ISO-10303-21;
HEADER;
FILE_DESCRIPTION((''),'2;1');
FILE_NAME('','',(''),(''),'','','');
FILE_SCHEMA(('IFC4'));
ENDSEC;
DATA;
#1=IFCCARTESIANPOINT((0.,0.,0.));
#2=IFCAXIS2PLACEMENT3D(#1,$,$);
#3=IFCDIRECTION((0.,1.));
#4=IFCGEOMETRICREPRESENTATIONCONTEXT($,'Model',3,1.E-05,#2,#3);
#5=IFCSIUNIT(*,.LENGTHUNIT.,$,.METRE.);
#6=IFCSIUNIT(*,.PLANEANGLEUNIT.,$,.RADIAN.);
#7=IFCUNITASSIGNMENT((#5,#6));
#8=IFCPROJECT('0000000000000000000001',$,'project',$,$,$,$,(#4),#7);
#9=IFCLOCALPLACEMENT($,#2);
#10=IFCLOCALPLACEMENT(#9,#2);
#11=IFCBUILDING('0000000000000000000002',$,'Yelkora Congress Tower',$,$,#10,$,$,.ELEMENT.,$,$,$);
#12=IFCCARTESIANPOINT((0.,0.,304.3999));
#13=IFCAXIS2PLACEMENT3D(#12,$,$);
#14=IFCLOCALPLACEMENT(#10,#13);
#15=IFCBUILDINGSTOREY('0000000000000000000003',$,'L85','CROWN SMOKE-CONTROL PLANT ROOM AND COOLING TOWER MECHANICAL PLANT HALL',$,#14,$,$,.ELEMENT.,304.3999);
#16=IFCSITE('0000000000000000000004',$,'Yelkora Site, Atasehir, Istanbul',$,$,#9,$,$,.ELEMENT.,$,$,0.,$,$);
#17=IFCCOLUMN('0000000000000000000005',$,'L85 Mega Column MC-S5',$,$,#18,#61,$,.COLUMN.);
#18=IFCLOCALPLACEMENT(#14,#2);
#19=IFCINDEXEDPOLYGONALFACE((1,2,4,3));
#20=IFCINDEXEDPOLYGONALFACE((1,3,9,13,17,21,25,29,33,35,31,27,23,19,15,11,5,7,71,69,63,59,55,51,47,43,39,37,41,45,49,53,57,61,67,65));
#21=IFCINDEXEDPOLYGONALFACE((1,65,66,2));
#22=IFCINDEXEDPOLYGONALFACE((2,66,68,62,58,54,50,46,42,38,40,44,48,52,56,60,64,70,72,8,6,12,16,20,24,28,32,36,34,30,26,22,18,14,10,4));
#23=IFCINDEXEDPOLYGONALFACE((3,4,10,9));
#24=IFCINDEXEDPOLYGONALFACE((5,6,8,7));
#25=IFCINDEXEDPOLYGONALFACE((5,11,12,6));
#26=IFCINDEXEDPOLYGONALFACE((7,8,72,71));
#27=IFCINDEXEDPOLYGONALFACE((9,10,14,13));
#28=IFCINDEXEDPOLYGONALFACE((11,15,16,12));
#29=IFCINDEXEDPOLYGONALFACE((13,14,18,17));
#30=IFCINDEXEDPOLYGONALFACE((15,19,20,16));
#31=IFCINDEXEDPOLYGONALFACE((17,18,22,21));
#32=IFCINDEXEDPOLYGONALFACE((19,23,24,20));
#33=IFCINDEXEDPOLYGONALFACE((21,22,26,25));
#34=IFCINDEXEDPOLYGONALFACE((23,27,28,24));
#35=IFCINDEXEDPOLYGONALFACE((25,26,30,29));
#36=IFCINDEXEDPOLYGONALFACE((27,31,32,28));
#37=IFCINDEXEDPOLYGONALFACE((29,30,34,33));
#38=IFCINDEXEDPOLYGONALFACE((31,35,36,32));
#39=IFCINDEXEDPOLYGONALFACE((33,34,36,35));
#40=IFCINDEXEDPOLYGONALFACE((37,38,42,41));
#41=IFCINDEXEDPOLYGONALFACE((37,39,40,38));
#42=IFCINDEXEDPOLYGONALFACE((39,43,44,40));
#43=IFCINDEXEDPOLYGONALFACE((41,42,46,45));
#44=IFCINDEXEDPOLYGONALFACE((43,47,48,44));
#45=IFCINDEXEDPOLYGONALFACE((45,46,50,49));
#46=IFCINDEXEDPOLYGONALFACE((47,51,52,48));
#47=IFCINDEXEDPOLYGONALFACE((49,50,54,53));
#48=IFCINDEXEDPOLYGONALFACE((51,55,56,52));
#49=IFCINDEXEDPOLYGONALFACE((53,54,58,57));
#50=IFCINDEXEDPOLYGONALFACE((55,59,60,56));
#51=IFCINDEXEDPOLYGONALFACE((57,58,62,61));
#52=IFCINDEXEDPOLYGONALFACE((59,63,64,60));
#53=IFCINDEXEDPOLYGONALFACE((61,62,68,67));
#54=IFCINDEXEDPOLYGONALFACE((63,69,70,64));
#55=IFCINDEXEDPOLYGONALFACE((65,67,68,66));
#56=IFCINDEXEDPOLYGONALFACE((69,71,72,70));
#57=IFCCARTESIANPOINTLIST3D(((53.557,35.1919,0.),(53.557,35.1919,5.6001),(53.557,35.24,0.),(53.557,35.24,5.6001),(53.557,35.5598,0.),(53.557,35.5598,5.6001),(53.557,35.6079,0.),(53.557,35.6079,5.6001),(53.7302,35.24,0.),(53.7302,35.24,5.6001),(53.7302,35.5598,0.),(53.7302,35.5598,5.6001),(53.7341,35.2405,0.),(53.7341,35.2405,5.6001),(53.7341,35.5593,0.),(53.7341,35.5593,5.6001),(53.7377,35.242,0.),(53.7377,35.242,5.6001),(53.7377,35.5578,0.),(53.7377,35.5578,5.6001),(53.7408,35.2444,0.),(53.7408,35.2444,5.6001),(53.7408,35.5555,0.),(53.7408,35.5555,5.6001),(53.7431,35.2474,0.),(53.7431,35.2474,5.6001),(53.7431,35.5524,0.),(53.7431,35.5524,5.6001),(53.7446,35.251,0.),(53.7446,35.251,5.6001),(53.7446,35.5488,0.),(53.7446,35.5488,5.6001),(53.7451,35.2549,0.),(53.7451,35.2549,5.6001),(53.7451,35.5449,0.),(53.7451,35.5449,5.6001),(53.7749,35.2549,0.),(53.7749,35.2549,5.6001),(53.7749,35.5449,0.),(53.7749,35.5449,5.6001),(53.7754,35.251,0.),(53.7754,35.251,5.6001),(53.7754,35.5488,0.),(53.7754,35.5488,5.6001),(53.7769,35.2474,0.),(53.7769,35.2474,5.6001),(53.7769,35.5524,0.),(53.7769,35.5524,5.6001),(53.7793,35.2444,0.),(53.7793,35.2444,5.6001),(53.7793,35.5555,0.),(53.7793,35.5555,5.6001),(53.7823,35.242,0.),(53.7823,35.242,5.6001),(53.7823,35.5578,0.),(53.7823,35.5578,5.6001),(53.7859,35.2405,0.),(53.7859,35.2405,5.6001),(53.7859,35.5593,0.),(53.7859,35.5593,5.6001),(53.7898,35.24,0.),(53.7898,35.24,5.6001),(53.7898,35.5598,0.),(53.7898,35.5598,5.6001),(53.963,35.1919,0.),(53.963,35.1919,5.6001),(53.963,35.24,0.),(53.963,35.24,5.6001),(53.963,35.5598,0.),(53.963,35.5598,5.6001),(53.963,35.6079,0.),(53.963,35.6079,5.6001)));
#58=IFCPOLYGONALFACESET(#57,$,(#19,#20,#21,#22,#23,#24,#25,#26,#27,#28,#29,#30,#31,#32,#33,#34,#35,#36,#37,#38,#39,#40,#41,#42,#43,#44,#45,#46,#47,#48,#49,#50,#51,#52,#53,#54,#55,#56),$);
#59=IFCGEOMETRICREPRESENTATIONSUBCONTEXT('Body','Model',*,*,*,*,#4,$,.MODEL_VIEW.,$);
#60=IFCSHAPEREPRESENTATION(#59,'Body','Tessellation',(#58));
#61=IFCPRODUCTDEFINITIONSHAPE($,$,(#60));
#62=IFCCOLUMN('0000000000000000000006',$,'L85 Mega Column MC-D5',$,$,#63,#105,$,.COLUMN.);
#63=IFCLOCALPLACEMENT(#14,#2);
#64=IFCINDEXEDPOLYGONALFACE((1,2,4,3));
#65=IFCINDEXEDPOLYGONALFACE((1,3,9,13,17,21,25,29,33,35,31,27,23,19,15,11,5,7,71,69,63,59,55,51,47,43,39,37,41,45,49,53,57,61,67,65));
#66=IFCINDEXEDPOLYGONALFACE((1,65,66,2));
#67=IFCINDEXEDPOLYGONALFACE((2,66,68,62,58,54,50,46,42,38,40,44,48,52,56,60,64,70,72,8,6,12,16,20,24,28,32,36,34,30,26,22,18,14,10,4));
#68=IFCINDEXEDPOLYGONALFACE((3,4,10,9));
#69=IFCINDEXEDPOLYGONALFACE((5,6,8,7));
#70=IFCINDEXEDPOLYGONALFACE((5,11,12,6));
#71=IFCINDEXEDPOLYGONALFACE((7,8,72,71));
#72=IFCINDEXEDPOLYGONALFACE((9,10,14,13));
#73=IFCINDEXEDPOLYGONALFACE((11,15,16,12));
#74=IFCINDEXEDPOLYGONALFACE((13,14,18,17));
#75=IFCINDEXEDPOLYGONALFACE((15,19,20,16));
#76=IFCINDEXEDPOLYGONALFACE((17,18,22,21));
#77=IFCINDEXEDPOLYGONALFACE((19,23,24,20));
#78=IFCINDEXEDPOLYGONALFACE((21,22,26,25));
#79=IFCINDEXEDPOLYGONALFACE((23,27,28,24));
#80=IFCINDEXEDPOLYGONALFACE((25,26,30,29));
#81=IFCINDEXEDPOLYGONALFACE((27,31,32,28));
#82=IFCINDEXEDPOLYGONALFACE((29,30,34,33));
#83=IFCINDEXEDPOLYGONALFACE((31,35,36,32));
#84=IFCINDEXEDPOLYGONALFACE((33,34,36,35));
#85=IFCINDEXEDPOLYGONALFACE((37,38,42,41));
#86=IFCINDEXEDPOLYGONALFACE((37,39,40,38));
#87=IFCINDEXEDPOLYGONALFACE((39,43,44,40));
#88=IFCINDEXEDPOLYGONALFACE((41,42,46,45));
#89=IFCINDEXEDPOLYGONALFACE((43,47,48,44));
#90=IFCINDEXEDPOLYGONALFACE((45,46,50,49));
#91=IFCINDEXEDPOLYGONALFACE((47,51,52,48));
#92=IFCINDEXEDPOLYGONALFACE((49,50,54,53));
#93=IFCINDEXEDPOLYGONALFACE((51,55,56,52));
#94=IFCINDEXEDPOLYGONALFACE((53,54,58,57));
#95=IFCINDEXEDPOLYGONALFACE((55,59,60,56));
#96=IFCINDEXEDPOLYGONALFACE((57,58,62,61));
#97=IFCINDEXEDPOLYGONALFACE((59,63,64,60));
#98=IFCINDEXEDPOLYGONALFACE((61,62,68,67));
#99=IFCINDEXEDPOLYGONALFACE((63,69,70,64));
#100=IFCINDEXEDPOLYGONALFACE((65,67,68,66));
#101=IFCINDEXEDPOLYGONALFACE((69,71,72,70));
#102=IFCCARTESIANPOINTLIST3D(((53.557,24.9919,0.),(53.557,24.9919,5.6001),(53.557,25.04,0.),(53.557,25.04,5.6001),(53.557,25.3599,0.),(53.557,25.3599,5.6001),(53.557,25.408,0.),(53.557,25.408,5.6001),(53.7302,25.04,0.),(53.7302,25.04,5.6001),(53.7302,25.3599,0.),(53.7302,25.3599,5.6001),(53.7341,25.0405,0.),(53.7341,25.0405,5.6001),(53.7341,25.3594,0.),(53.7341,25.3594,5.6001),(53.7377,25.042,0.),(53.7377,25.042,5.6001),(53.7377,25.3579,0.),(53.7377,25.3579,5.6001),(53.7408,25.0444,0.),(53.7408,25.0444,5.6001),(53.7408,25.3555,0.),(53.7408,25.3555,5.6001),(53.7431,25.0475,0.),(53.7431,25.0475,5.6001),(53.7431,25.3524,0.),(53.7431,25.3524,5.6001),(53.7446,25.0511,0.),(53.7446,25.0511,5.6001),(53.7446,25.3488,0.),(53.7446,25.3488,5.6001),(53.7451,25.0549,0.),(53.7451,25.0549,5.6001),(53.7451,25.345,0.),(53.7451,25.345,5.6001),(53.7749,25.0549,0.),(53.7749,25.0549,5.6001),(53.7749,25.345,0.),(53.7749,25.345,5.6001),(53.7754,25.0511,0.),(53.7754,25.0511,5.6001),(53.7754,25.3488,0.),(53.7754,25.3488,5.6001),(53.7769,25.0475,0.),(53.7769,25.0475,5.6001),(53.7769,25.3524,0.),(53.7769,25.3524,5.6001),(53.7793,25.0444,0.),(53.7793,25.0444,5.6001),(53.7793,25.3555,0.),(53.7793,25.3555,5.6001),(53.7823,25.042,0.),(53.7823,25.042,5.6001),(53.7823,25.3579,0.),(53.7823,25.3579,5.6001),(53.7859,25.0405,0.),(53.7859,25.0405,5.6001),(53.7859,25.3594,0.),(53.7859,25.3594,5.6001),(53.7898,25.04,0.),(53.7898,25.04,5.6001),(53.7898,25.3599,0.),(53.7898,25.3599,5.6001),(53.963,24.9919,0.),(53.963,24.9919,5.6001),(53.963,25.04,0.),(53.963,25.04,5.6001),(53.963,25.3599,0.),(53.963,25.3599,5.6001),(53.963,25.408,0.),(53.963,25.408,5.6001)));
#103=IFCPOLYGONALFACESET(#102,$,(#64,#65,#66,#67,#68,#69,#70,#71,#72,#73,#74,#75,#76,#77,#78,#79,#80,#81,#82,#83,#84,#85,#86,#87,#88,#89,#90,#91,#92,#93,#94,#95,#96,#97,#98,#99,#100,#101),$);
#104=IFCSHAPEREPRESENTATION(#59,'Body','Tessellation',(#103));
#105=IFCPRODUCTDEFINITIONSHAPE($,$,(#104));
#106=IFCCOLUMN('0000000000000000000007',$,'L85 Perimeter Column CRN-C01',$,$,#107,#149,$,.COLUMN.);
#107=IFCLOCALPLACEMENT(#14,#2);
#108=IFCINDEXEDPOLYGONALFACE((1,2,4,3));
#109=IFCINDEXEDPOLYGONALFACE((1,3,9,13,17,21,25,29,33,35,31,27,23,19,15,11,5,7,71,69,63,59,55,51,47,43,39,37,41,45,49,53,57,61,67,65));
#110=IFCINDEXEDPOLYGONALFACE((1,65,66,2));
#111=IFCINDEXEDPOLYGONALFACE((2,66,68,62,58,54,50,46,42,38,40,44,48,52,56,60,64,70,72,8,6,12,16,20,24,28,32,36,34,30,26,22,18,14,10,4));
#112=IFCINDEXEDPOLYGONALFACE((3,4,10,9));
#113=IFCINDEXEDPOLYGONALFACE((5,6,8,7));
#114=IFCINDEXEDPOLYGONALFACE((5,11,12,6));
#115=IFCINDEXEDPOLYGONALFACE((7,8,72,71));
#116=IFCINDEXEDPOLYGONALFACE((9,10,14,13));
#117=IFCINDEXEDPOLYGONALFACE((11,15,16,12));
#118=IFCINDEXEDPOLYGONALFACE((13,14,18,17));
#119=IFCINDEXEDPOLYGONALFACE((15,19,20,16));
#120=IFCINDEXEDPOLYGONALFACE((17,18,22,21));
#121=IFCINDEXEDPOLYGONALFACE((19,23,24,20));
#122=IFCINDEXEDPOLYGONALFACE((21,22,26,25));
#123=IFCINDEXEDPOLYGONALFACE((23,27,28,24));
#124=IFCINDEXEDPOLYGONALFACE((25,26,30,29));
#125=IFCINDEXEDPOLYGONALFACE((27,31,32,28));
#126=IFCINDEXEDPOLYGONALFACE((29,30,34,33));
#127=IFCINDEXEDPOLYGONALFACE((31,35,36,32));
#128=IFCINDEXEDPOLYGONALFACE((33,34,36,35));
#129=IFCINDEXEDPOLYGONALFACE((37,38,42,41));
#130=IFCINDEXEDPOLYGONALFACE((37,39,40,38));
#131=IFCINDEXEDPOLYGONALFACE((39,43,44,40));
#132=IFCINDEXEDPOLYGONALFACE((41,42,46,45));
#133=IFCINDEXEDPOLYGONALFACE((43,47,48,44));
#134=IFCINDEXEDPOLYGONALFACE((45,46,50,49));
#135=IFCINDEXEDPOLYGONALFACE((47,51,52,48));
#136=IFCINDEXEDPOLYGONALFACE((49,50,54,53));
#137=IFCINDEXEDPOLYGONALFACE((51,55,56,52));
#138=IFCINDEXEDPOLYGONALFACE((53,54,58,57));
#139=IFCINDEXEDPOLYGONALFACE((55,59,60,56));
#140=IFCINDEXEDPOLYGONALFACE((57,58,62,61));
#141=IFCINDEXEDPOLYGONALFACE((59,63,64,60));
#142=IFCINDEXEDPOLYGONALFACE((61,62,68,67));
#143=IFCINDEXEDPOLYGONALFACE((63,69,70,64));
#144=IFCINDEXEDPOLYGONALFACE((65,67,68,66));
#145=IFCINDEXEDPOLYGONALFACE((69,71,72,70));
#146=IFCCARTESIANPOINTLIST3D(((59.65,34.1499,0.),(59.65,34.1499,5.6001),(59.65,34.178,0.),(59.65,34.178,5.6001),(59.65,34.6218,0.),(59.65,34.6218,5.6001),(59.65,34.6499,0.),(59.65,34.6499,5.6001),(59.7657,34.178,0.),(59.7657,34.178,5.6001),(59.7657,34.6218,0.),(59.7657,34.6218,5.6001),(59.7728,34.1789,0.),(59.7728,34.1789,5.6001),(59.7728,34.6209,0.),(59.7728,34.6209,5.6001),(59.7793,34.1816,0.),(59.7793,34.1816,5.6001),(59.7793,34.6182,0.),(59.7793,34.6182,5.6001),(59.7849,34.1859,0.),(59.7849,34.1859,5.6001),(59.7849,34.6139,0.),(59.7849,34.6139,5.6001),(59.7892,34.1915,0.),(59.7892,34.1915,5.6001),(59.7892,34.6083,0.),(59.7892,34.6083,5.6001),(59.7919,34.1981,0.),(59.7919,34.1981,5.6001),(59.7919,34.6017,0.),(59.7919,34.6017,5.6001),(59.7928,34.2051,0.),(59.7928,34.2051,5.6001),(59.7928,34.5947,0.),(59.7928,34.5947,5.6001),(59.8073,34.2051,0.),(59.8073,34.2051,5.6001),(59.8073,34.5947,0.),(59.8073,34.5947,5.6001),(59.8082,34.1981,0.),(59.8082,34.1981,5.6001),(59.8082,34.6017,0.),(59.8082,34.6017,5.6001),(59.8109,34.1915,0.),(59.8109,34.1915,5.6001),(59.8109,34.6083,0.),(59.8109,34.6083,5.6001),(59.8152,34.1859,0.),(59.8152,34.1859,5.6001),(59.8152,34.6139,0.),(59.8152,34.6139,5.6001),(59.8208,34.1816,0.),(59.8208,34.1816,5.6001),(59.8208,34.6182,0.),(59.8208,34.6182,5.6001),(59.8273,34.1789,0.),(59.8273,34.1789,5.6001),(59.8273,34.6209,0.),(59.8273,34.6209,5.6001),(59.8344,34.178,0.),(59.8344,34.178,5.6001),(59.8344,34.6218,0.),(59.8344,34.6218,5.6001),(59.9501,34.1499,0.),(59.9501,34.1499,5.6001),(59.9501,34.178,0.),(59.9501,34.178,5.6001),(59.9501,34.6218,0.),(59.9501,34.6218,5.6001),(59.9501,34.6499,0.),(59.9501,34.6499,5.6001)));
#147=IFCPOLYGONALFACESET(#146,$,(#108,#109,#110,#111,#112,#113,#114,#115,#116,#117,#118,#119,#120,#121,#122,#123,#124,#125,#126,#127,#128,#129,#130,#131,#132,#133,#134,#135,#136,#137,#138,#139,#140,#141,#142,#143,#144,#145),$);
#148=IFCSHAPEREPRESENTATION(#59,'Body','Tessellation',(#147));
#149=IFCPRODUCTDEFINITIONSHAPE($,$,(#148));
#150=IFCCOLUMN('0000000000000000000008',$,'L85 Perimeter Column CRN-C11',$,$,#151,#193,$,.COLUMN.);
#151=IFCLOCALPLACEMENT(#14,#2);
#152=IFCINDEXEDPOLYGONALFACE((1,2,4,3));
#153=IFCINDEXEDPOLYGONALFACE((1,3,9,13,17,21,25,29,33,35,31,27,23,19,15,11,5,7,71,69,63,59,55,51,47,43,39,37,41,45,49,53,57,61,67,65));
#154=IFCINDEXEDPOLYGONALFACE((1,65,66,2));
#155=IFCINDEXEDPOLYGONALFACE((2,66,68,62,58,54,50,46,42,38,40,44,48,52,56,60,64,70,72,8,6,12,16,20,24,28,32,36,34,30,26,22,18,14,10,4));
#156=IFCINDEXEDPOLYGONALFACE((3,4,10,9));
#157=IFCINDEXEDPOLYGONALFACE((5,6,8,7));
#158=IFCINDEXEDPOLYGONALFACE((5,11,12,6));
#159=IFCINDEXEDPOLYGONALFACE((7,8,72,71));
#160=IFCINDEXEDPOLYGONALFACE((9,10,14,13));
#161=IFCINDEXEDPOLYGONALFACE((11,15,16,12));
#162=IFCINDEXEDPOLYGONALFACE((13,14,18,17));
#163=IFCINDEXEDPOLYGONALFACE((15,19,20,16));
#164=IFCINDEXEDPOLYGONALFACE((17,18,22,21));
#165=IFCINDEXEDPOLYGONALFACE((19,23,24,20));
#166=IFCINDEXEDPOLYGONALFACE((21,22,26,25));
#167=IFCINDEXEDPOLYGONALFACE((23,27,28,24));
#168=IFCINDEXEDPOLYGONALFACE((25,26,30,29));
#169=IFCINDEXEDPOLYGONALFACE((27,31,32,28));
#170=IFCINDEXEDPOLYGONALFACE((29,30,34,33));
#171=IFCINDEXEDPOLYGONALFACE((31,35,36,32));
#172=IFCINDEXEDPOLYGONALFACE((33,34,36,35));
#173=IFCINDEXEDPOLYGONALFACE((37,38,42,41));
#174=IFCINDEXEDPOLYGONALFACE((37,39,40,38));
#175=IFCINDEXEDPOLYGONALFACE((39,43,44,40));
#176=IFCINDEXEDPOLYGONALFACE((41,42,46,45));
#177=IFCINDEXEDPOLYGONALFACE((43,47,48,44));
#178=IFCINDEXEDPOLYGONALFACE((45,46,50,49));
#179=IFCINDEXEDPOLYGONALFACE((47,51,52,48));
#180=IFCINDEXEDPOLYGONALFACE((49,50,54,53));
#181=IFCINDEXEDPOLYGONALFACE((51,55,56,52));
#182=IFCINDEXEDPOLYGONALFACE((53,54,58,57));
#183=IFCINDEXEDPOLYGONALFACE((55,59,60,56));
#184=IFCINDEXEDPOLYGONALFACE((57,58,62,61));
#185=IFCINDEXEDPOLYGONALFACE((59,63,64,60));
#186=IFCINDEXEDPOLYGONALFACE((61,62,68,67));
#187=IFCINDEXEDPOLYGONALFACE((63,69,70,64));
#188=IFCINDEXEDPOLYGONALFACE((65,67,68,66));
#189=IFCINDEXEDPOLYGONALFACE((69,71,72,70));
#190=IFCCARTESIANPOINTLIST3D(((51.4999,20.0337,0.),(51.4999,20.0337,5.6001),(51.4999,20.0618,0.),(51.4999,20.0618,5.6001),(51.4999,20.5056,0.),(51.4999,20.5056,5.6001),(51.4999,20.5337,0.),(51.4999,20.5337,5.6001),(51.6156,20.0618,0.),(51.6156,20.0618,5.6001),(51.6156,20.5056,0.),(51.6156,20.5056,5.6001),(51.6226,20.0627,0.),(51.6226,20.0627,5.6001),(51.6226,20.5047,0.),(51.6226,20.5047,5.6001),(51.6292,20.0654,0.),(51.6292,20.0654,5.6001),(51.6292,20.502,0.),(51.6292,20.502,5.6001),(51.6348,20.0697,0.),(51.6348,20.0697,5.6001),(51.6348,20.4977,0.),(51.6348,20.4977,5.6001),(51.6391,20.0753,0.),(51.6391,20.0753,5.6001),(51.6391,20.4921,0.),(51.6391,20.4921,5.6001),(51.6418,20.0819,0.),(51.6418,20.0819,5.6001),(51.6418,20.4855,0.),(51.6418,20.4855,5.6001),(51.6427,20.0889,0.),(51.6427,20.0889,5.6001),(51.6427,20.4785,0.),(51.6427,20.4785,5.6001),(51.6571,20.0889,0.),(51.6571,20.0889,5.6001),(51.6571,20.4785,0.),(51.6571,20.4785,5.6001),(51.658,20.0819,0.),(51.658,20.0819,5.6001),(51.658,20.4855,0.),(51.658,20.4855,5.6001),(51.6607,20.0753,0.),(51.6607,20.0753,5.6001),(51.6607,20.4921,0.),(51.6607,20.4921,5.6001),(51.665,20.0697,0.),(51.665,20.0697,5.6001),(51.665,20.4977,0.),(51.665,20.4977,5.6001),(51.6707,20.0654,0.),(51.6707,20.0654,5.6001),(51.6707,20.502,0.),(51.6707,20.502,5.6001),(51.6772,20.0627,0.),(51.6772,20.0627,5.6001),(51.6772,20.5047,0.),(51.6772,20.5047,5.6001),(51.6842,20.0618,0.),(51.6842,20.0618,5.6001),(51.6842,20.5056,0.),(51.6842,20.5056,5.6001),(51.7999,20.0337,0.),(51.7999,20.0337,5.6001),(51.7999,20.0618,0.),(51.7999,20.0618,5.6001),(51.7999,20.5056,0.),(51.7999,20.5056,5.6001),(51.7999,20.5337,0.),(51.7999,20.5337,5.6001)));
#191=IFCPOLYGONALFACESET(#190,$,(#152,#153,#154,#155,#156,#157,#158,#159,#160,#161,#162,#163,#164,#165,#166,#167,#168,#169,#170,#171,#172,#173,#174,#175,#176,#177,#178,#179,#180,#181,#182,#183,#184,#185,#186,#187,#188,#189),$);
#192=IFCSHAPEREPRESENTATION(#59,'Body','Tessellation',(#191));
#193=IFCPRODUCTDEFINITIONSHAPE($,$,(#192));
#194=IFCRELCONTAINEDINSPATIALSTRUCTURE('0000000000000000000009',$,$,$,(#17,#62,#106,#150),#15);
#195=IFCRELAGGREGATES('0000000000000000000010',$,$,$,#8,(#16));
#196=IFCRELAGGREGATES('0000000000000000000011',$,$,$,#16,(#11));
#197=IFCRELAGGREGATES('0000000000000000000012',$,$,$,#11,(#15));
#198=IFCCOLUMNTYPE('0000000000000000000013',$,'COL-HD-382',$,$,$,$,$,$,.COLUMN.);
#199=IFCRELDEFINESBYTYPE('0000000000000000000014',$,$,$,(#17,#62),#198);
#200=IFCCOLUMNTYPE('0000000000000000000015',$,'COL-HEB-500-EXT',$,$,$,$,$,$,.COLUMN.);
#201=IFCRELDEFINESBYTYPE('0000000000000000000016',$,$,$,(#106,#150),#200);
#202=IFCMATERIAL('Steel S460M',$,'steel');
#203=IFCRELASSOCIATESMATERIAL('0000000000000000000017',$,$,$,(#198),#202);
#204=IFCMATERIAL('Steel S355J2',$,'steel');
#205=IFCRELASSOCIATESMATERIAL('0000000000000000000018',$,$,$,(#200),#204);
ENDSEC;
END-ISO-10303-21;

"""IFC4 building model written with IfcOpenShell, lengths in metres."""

from ifc_helpers import new_model, si_unit, direction, frame, origin, origin_2d, place, context, subcontext, project, spatial, i_section, extrude, material, material_profile, profile_set, type_object, element, save


model = new_model("IFC4")

# Units and contexts
model_context = context("Model", 3, precision=1e-05, world=origin(), true_north=direction((0.0, 1.0)))
body_context = subcontext(model_context, "Body", "Model", "MODEL_VIEW")
ifc_project = project(units=[si_unit("LENGTHUNIT", "METRE"), si_unit("PLANEANGLEUNIT", "RADIAN")], contexts=[model_context])

# Site, building, storey
site_placement = place(None, origin())
site = spatial("IfcSite", under=ifc_project, at=site_placement, Name="Yelkora Site, Atasehir, Istanbul", CompositionType="ELEMENT", RefElevation=0.0)
building_placement = place(site_placement, origin())
building = spatial("IfcBuilding", under=site, at=building_placement, Name="Yelkora Congress Tower", CompositionType="ELEMENT")
storey_placement = place(building_placement, frame((0.0, 0.0, 304.3999)))
storey = spatial("IfcBuildingStorey", under=building, at=storey_placement, Name="L85", Description="CROWN SMOKE-CONTROL PLANT ROOM AND COOLING TOWER MECHANICAL PLANT HALL", CompositionType="ELEMENT", Elevation=304.3999)

# Columns
ifc_material_1 = material(Name="Steel S460M", Category="steel")
ifc_material_profile_1 = material_profile(ifc_material_1, i_section(OverallWidth=0.406, OverallDepth=0.416, WebThickness=0.0298, FlangeThickness=0.0481, FilletRadius=0.0149, at=origin_2d()), Name="HD 400x382")
ifc_profile_set_1 = profile_set([ifc_material_profile_1], Name="Steel S460M")
column_type_1 = type_object("IfcColumnType", Name="COL-HD-382", PredefinedType="COLUMN", material=ifc_profile_set_1)
for number, where, z_axis, x_axis, name in (
    (1, (53.76, 35.3999, 0.0), (0.0, 0.0, 1.0), (1.0, 0.0, 0.0), "L85 Mega Column MC-S5"),
    (2, (53.76, 25.2, 0.0), (0.0, 0.0, 1.0), (1.0, 0.0, 0.0), "L85 Mega Column MC-D5"),
):
    element("IfcColumn", number, at=place(storey_placement, frame(where, z_axis=z_axis, x_axis=x_axis)), inside=storey, type_object=column_type_1, Name=name, PredefinedType="COLUMN", context=body_context, shape_type="SweptSolid", body=[
        extrude(i_section(OverallWidth=0.406, OverallDepth=0.416, WebThickness=0.0298, FlangeThickness=0.0481, FilletRadius=0.0149, at=origin_2d()), origin(), (0.0, 0.0, 1.0), 5.6001),
    ])
ifc_material_2 = material(Name="Steel S355J2", Category="steel")
ifc_material_profile_2 = material_profile(ifc_material_2, i_section(OverallWidth=0.3, OverallDepth=0.5, WebThickness=0.0144, FlangeThickness=0.0281, FilletRadius=0.0271, at=origin_2d()), Name="HEB 500")
ifc_profile_set_2 = profile_set([ifc_material_profile_2], Name="Steel S355J2")
column_type_2 = type_object("IfcColumnType", Name="COL-HEB-500-EXT", PredefinedType="COLUMN", material=ifc_profile_set_2)
for number, where, z_axis, x_axis, name in (
    (3, (59.8, 34.3999, 0.0), (0.0, 0.0, 1.0), (1.0, 0.0, 0.0), "L85 Perimeter Column CRN-C01"),
    (4, (51.6499, 20.2837, 0.0), (0.0, 0.0, 1.0), (1.0, 0.0, 0.0), "L85 Perimeter Column CRN-C11"),
):
    element("IfcColumn", number, at=place(storey_placement, frame(where, z_axis=z_axis, x_axis=x_axis)), inside=storey, type_object=column_type_2, Name=name, PredefinedType="COLUMN", context=body_context, shape_type="SweptSolid", body=[
        extrude(i_section(OverallWidth=0.3, OverallDepth=0.5, WebThickness=0.0144, FlangeThickness=0.0281, FilletRadius=0.0271, at=origin_2d()), origin(), (0.0, 0.0, 1.0), 5.6001),
    ])

save(model, "model.ifc")
